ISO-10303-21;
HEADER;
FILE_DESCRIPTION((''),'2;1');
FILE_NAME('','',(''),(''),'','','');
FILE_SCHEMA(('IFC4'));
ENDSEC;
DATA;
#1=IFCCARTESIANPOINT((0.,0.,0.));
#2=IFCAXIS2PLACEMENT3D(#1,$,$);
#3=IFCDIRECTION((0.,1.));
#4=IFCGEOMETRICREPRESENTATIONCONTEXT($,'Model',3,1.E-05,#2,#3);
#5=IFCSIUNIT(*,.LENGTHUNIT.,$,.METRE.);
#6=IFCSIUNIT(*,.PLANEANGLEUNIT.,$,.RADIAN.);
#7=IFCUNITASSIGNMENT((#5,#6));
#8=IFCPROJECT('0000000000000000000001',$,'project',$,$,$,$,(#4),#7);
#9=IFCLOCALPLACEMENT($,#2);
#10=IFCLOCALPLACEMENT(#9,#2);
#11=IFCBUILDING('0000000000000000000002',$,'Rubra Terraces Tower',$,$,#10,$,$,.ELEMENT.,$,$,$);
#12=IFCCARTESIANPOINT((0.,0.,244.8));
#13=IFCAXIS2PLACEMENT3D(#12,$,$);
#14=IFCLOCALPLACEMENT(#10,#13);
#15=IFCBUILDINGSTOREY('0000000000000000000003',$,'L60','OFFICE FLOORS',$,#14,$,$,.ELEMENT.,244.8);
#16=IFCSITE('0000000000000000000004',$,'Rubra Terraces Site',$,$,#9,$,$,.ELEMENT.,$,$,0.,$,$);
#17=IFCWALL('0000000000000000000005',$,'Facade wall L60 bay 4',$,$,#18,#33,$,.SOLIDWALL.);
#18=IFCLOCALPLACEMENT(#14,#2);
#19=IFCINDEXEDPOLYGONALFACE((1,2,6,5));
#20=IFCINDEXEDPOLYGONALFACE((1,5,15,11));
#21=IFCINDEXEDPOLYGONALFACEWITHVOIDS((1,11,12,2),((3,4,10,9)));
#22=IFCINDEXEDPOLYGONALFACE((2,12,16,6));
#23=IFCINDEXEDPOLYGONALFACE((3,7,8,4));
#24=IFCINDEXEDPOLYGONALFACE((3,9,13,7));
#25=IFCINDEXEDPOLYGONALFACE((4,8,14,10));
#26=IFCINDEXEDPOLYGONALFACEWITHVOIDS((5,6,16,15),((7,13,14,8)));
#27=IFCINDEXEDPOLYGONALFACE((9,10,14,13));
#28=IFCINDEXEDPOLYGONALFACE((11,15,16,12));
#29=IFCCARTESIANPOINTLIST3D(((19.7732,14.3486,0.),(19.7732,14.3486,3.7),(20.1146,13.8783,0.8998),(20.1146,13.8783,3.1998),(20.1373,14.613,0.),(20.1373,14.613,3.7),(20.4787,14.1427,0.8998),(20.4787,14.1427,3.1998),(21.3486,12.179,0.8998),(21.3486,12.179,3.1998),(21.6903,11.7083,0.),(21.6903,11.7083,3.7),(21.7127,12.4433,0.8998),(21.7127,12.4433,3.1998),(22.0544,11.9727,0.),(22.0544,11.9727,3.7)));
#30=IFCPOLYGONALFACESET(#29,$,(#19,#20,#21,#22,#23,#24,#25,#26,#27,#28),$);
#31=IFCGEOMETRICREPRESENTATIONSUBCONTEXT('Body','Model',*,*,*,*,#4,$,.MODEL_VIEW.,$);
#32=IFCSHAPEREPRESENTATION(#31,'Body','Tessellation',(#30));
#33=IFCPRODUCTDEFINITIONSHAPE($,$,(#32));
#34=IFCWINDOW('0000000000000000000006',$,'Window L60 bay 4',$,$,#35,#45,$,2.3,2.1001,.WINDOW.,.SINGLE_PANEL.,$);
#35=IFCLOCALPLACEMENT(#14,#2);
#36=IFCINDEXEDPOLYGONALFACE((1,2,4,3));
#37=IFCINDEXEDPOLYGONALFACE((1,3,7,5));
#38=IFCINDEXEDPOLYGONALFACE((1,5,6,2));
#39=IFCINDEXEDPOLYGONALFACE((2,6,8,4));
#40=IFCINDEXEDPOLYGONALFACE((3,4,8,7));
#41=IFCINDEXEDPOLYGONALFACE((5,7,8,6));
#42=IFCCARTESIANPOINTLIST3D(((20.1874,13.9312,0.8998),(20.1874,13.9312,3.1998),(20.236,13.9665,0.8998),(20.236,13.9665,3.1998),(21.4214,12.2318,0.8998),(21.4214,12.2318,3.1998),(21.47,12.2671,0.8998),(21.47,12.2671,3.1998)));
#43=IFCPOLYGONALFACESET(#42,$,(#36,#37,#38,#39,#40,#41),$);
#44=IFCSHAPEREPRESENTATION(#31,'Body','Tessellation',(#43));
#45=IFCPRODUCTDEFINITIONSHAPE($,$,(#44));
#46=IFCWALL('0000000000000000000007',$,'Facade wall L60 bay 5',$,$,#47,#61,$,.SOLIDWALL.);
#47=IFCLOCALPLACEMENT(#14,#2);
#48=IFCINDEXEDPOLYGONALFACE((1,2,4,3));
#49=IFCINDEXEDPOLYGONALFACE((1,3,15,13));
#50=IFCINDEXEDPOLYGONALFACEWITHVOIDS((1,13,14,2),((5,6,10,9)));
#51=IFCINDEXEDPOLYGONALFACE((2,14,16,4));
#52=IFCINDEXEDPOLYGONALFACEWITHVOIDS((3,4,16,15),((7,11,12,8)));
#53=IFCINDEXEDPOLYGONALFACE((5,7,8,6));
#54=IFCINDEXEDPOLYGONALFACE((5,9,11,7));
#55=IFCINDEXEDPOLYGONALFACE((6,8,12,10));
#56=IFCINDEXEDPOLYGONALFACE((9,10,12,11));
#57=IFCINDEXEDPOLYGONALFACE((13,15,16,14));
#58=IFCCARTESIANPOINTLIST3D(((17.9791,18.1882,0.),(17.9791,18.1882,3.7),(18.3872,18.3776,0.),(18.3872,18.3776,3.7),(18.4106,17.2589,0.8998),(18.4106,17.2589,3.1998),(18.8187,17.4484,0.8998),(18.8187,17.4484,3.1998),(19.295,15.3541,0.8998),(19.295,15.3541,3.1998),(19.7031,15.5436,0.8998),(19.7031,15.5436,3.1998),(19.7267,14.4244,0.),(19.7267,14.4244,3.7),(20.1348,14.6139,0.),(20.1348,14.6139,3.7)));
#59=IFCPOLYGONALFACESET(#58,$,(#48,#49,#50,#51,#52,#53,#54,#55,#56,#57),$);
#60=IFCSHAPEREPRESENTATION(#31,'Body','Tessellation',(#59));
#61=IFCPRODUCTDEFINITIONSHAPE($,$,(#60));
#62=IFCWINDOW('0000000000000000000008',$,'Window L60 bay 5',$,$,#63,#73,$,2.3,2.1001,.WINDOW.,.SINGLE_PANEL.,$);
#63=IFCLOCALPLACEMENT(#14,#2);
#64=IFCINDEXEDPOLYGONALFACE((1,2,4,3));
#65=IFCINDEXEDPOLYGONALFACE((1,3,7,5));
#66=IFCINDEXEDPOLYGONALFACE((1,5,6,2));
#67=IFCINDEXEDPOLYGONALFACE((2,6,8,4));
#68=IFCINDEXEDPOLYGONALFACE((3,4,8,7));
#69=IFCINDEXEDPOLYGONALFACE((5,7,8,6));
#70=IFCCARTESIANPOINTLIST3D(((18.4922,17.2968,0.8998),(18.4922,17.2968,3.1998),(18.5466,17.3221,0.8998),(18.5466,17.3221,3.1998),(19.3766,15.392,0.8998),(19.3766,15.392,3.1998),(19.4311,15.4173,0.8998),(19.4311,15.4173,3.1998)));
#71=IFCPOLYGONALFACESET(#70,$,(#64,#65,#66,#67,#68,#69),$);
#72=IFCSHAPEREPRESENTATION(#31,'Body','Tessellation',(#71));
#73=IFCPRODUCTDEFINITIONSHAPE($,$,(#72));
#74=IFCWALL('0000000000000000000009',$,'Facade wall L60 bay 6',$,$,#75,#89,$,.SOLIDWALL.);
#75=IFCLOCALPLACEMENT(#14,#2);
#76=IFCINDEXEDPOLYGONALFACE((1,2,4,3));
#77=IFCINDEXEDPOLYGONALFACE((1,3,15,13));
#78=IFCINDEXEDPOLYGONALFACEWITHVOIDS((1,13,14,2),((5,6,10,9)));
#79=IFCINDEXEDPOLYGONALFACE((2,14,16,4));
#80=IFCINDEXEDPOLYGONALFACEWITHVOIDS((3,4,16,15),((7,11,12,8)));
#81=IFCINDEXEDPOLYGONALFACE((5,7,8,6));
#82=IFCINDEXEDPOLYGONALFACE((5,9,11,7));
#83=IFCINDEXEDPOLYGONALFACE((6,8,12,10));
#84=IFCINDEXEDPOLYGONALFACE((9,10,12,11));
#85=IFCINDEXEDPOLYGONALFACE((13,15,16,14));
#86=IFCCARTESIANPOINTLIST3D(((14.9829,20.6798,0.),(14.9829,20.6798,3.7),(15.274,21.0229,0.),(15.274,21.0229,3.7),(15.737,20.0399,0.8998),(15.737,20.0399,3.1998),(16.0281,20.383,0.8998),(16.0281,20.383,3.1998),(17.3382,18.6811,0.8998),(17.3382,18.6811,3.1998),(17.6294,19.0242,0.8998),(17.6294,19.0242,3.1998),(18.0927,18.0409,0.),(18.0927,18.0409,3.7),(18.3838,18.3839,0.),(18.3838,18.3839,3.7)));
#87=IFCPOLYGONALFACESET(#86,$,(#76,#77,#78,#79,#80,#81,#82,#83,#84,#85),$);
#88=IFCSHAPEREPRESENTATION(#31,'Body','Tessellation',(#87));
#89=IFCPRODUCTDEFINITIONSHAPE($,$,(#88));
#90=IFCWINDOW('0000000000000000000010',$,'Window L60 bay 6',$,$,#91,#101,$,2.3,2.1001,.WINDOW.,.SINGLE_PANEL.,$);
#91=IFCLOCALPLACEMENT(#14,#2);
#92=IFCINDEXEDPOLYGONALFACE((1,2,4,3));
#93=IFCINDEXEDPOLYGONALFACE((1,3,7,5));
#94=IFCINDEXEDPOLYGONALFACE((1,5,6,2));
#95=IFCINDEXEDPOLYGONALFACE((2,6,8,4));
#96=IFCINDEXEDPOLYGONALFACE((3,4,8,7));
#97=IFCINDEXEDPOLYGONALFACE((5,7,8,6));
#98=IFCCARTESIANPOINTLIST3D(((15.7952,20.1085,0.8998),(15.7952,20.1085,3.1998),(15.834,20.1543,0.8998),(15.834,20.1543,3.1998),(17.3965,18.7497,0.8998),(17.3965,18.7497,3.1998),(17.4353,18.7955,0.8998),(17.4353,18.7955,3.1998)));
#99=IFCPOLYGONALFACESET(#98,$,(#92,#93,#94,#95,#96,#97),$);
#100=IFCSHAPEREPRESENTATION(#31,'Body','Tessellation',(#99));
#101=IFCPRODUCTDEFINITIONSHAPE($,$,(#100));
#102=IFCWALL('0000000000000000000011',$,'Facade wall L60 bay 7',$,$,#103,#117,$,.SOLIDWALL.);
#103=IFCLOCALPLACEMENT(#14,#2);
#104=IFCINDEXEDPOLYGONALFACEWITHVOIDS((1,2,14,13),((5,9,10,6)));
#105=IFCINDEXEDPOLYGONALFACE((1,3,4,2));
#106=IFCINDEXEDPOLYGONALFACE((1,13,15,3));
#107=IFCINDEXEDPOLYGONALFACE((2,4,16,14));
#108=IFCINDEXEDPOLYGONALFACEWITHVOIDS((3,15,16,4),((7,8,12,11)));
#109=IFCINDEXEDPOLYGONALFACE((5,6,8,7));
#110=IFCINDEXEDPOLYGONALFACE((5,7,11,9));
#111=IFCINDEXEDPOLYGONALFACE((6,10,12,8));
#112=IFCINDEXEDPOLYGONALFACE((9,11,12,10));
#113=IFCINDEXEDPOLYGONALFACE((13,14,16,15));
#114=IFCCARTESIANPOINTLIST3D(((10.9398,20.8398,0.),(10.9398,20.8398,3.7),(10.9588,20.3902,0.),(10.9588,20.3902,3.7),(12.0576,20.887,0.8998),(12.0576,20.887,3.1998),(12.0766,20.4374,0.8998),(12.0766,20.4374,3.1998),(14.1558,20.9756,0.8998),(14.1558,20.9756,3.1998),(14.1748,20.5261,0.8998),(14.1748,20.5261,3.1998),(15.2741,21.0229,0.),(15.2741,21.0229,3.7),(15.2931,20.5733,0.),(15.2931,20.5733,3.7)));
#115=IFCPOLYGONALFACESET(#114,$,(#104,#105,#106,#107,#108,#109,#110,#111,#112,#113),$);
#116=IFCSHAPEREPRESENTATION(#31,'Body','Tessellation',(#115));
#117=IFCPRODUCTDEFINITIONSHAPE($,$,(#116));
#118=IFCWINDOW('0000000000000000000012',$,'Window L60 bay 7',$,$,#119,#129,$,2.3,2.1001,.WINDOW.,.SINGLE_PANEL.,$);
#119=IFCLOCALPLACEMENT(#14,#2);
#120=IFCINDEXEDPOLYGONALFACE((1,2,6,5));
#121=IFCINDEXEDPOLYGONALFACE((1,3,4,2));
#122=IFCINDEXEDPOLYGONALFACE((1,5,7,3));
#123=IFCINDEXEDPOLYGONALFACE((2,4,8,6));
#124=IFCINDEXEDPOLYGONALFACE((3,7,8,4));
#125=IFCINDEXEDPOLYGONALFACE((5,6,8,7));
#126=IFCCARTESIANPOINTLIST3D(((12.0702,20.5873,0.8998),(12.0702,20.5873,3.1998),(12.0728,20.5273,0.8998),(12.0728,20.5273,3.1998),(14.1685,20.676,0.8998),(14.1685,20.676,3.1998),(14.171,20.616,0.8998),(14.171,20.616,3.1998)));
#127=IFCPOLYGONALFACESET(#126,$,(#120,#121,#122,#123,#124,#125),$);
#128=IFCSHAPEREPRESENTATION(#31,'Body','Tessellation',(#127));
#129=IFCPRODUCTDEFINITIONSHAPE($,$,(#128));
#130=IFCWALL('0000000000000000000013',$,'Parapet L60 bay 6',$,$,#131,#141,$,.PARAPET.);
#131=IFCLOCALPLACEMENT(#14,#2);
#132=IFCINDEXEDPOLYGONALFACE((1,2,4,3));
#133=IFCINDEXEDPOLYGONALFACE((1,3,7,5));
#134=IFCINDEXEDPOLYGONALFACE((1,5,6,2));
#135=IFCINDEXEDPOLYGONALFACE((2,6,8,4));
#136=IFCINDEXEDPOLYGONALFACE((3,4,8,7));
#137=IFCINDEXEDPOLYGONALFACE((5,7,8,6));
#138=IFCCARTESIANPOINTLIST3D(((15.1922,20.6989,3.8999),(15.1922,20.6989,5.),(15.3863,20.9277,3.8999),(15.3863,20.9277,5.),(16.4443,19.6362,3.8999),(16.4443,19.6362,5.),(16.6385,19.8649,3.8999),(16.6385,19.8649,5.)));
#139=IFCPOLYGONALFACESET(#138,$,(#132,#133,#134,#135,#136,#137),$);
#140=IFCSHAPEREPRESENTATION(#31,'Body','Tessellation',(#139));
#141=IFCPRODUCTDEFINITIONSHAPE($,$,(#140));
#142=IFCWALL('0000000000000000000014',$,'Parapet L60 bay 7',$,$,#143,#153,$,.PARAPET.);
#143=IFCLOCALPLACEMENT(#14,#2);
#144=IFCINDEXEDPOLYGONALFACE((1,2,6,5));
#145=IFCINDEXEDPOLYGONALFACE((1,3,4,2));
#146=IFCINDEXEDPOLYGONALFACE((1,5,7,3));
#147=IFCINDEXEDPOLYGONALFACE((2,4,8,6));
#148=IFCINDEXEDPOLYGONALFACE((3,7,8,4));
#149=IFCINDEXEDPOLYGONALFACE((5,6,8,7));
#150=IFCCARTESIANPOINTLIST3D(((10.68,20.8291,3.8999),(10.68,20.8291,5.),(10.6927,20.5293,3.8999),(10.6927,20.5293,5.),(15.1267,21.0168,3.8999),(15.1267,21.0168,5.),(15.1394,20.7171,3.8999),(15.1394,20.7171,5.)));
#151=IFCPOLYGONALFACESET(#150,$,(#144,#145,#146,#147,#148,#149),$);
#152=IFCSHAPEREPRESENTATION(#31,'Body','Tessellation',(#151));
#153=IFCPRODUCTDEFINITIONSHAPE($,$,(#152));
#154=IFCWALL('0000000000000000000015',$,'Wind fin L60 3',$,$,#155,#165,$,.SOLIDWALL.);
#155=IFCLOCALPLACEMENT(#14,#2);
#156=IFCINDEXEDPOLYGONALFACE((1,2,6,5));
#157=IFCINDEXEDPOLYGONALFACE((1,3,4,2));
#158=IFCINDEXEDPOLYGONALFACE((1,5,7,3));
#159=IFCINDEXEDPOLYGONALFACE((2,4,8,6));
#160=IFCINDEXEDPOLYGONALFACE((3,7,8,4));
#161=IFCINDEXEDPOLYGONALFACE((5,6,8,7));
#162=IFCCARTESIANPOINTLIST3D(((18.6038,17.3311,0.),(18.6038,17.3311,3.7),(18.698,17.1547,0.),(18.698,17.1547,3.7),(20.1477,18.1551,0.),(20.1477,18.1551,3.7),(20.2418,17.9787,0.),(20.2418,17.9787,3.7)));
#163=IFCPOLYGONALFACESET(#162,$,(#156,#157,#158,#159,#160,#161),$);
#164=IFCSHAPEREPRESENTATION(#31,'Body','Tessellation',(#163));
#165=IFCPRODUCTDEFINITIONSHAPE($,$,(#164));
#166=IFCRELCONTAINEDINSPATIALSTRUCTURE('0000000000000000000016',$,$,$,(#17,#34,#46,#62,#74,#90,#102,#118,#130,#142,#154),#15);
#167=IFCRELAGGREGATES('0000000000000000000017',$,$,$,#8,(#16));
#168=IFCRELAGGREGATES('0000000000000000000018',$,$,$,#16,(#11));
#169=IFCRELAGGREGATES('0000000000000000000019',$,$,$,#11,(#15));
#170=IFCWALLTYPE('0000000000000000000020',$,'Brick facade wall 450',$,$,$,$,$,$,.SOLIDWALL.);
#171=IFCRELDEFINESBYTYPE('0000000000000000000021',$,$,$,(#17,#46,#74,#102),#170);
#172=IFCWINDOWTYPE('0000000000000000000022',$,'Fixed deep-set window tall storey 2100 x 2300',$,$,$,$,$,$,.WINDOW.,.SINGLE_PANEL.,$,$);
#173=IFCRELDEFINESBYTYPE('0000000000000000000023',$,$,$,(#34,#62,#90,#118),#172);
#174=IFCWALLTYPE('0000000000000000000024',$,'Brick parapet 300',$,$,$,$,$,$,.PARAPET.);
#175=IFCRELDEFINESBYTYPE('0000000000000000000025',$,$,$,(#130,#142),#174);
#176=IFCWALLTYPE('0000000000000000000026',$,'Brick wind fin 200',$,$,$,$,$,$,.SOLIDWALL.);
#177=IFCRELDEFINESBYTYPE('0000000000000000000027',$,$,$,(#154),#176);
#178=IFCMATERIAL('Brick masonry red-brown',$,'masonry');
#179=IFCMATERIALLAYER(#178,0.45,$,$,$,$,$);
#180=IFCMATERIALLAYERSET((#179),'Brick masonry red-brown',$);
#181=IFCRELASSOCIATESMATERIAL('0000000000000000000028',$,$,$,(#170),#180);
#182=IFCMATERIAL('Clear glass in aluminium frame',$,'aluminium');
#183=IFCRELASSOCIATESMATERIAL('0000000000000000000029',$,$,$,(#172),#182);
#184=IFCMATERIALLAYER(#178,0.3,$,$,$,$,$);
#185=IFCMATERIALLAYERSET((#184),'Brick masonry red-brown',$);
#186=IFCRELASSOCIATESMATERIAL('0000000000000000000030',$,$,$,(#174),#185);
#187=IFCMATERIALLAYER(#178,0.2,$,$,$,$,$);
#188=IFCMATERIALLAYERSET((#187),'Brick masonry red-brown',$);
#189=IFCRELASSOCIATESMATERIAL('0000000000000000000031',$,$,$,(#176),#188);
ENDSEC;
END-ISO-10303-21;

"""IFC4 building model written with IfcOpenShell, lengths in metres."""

from ifc_helpers import new_model, si_unit, direction, frame, frame_2d, origin, place, context, subcontext, project, spatial, rectangle, extrude, material, layer, layer_set, type_object, element, fill, save


model = new_model("IFC4")

# Units and contexts
model_context = context("Model", 3, precision=1e-05, world=origin(), true_north=direction((0.0, 1.0)))
body_context = subcontext(model_context, "Body", "Model", "MODEL_VIEW")
ifc_project = project(units=[si_unit("LENGTHUNIT", "METRE"), si_unit("PLANEANGLEUNIT", "RADIAN")], contexts=[model_context])

# Site, building, storey
site_placement = place(None, origin())
site = spatial("IfcSite", under=ifc_project, at=site_placement, Name="Rubra Terraces Site", CompositionType="ELEMENT", RefElevation=0.0)
building_placement = place(site_placement, origin())
building = spatial("IfcBuilding", under=site, at=building_placement, Name="Rubra Terraces Tower", CompositionType="ELEMENT")
storey_placement = place(building_placement, frame((0.0, 0.0, 244.8)))
storey = spatial("IfcBuildingStorey", under=building, at=storey_placement, Name="L60", Description="OFFICE FLOORS", CompositionType="ELEMENT", Elevation=244.8)

# Walls, openings, windows
ifc_material_1 = material(Name="Brick masonry red-brown", Category="masonry")
ifc_layer_1 = layer(ifc_material_1, 0.45)
ifc_layer_set_1 = layer_set([ifc_layer_1], Name="Brick masonry red-brown")
wall_type_1 = type_object("IfcWallType", Name="Brick facade wall 450", PredefinedType="SOLIDWALL", material=ifc_layer_set_1)
wall_1_placement = place(storey_placement, frame((21.8723, 11.8406, 0.0), z_axis=(0.0, 0.0, 1.0), x_axis=(-0.587562, 0.809179, 0.0)))
wall_1 = element("IfcWall", 1, at=wall_1_placement, inside=storey, type_object=wall_type_1, Name="Facade wall L60 bay 4", PredefinedType="SOLIDWALL", context=body_context, shape_type="SweptSolid", body=[
    extrude(rectangle(XDim=3.2629, YDim=0.45, at=frame_2d((1.6313, 0.0))), origin(), (0.0, 0.0, 1.0), 3.7),
])
opening_1_placement = place(wall_1_placement, frame((0.5815, 0.0, 0.8999)))
opening_1 = element("IfcOpeningElement", 2, at=opening_1_placement, cuts=wall_1, PredefinedType="OPENING", context=body_context, shape_type="SweptSolid", body=[
    extrude(rectangle(XDim=2.1001, YDim=2.3, at=frame_2d((1.05, 1.1499))), frame((0.0, 0.2349, 0.0), z_axis=(0.0, -1.0, 0.0), x_axis=(1.0, 0.0, 0.0)), (0.0, 0.0, 1.0), 0.47),
])
ifc_material_2 = material(Name="Clear glass in aluminium frame", Category="aluminium")
window_type = type_object("IfcWindowType", Name="Fixed deep-set window tall storey 2100 x 2300", PartitioningType="SINGLE_PANEL", PredefinedType="WINDOW", material=ifc_material_2)
window_1_placement = place(opening_1_placement, origin())
window_1 = element("IfcWindow", 3, at=window_1_placement, inside=storey, type_object=window_type, Name="Window L60 bay 4", OverallHeight=2.3, OverallWidth=2.1001, PartitioningType="SINGLE_PANEL", PredefinedType="WINDOW", context=body_context, shape_type="SweptSolid", body=[
    extrude(rectangle(XDim=2.1001, YDim=2.3, at=frame_2d((1.05, 1.1499))), frame((0.0, 0.135, 0.0), z_axis=(0.0, -1.0, 0.0), x_axis=(1.0, 0.0, 0.0)), (0.0, 0.0, 1.0), 0.0601),
])
fill(opening_1, window_1)
wall_2_placement = place(storey_placement, frame((19.9307, 14.5193, 0.0), z_axis=(0.0, 0.0, 1.0), x_axis=(-0.421139, 0.906996, 0.0)))
wall_2 = element("IfcWall", 4, at=wall_2_placement, inside=storey, type_object=wall_type_1, Name="Facade wall L60 bay 5", PredefinedType="SOLIDWALL", context=body_context, shape_type="SweptSolid", body=[
    extrude(rectangle(XDim=4.1497, YDim=0.45, at=frame_2d((2.0747, 0.0))), origin(), (0.0, 0.0, 1.0), 3.7),
])
opening_2_placement = place(wall_2_placement, frame((1.0249, 0.0, 0.8999)))
opening_2 = element("IfcOpeningElement", 5, at=opening_2_placement, cuts=wall_2, PredefinedType="OPENING", context=body_context, shape_type="SweptSolid", body=[
    extrude(rectangle(XDim=2.1001, YDim=2.3, at=frame_2d((1.05, 1.1499))), frame((0.0, 0.2349, 0.0), z_axis=(0.0, -1.0, 0.0), x_axis=(1.0, 0.0, 0.0)), (0.0, 0.0, 1.0), 0.47),
])
window_2_placement = place(opening_2_placement, origin())
window_2 = element("IfcWindow", 6, at=window_2_placement, inside=storey, type_object=window_type, Name="Window L60 bay 5", OverallHeight=2.3, OverallWidth=2.1001, PartitioningType="SINGLE_PANEL", PredefinedType="WINDOW", context=body_context, shape_type="SweptSolid", body=[
    extrude(rectangle(XDim=2.1001, YDim=2.3, at=frame_2d((1.05, 1.1499))), frame((0.0, 0.135, 0.0), z_axis=(0.0, -1.0, 0.0), x_axis=(1.0, 0.0, 0.0)), (0.0, 0.0, 1.0), 0.0601),
])
fill(opening_2, window_2)
wall_3_placement = place(storey_placement, frame((18.2383, 18.2124, 0.0), z_axis=(0.0, 0.0, 1.0), x_axis=(-0.76248, 0.647012, 0.0)))
wall_3 = element("IfcWall", 7, at=wall_3_placement, inside=storey, type_object=wall_type_1, Name="Facade wall L60 bay 6", PredefinedType="SOLIDWALL", context=body_context, shape_type="SweptSolid", body=[
    extrude(rectangle(XDim=4.0786, YDim=0.45, at=frame_2d((2.0393, 0.0))), origin(), (0.0, 0.0, 1.0), 3.7),
])
opening_3_placement = place(wall_3_placement, frame((0.9895, 0.0, 0.8999)))
opening_3 = element("IfcOpeningElement", 8, at=opening_3_placement, cuts=wall_3, PredefinedType="OPENING", context=body_context, shape_type="SweptSolid", body=[
    extrude(rectangle(XDim=2.1001, YDim=2.3, at=frame_2d((1.05, 1.1499))), frame((0.0, 0.2349, 0.0), z_axis=(0.0, -1.0, 0.0), x_axis=(1.0, 0.0, 0.0)), (0.0, 0.0, 1.0), 0.47),
])
window_3_placement = place(opening_3_placement, origin())
window_3 = element("IfcWindow", 9, at=window_3_placement, inside=storey, type_object=window_type, Name="Window L60 bay 6", OverallHeight=2.3, OverallWidth=2.1001, PartitioningType="SINGLE_PANEL", PredefinedType="WINDOW", context=body_context, shape_type="SweptSolid", body=[
    extrude(rectangle(XDim=2.1001, YDim=2.3, at=frame_2d((1.05, 1.1499))), frame((0.0, 0.135, 0.0), z_axis=(0.0, -1.0, 0.0), x_axis=(1.0, 0.0, 0.0)), (0.0, 0.0, 1.0), 0.0601),
])
fill(opening_3, window_3)
wall_4_placement = place(storey_placement, frame((15.2834, 20.7981, 0.0), z_axis=(0.0, 0.0, 1.0), x_axis=(-0.999109, -0.042209, 0.0)))
wall_4 = element("IfcWall", 10, at=wall_4_placement, inside=storey, type_object=wall_type_1, Name="Facade wall L60 bay 7", PredefinedType="SOLIDWALL", context=body_context, shape_type="SweptSolid", body=[
    extrude(rectangle(XDim=4.3381, YDim=0.45, at=frame_2d((2.1689, 0.0))), origin(), (0.0, 0.0, 1.0), 3.7),
])
opening_4_placement = place(wall_4_placement, frame((1.1191, 0.0, 0.8999)))
opening_4 = element("IfcOpeningElement", 11, at=opening_4_placement, cuts=wall_4, PredefinedType="OPENING", context=body_context, shape_type="SweptSolid", body=[
    extrude(rectangle(XDim=2.1001, YDim=2.3, at=frame_2d((1.05, 1.1499))), frame((0.0, 0.2349, 0.0), z_axis=(0.0, -1.0, 0.0), x_axis=(1.0, 0.0, 0.0)), (0.0, 0.0, 1.0), 0.47),
])
window_4_placement = place(opening_4_placement, origin())
window_4 = element("IfcWindow", 12, at=window_4_placement, inside=storey, type_object=window_type, Name="Window L60 bay 7", OverallHeight=2.3, OverallWidth=2.1001, PartitioningType="SINGLE_PANEL", PredefinedType="WINDOW", context=body_context, shape_type="SweptSolid", body=[
    extrude(rectangle(XDim=2.1001, YDim=2.3, at=frame_2d((1.05, 1.1499))), frame((0.0, 0.135, 0.0), z_axis=(0.0, -1.0, 0.0), x_axis=(1.0, 0.0, 0.0)), (0.0, 0.0, 1.0), 0.0601),
])
fill(opening_4, window_4)

# Walls
ifc_layer_2 = layer(ifc_material_1, 0.3)
ifc_layer_set_2 = layer_set([ifc_layer_2], Name="Brick masonry red-brown")
wall_type_2 = type_object("IfcWallType", Name="Brick parapet 300", PredefinedType="PARAPET", material=ifc_layer_set_2)
wall_5_placement = place(storey_placement, frame((16.5415, 19.7505, 3.8999), z_axis=(0.0, 0.0, 1.0), x_axis=(-0.762427, 0.647074, 0.0)))
element("IfcWall", 13, at=wall_5_placement, inside=storey, type_object=wall_type_2, Name="Parapet L60 bay 6", PredefinedType="PARAPET", context=body_context, shape_type="SweptSolid", body=[
    extrude(rectangle(XDim=1.6423, YDim=0.3, at=frame_2d((0.8213, 0.0))), origin(), (0.0, 0.0, 1.0), 1.1001),
])
wall_6_placement = place(storey_placement, frame((15.1331, 20.8669, 3.8999), z_axis=(0.0, 0.0, 1.0), x_axis=(-0.99911, -0.042183, 0.0)))
element("IfcWall", 14, at=wall_6_placement, inside=storey, type_object=wall_type_2, Name="Parapet L60 bay 7", PredefinedType="PARAPET", context=body_context, shape_type="SweptSolid", body=[
    extrude(rectangle(XDim=4.4507, YDim=0.3, at=frame_2d((2.2253, 0.0))), origin(), (0.0, 0.0, 1.0), 1.1001),
])
ifc_layer_3 = layer(ifc_material_1, 0.2)
ifc_layer_set_3 = layer_set([ifc_layer_3], Name="Brick masonry red-brown")
wall_type_3 = type_object("IfcWallType", Name="Brick wind fin 200", PredefinedType="SOLIDWALL", material=ifc_layer_set_3)
wall_7_placement = place(storey_placement, frame((18.6509, 17.2429, 0.0), z_axis=(0.0, 0.0, 1.0), x_axis=(0.882225, 0.470827, 0.0)))
element("IfcWall", 15, at=wall_7_placement, inside=storey, type_object=wall_type_3, Name="Wind fin L60 3", PredefinedType="SOLIDWALL", context=body_context, shape_type="SweptSolid", body=[
    extrude(rectangle(XDim=1.75, YDim=0.2, at=frame_2d((0.875, 0.0))), origin(), (0.0, 0.0, 1.0), 3.7),
])

save(model, "model.ifc")
